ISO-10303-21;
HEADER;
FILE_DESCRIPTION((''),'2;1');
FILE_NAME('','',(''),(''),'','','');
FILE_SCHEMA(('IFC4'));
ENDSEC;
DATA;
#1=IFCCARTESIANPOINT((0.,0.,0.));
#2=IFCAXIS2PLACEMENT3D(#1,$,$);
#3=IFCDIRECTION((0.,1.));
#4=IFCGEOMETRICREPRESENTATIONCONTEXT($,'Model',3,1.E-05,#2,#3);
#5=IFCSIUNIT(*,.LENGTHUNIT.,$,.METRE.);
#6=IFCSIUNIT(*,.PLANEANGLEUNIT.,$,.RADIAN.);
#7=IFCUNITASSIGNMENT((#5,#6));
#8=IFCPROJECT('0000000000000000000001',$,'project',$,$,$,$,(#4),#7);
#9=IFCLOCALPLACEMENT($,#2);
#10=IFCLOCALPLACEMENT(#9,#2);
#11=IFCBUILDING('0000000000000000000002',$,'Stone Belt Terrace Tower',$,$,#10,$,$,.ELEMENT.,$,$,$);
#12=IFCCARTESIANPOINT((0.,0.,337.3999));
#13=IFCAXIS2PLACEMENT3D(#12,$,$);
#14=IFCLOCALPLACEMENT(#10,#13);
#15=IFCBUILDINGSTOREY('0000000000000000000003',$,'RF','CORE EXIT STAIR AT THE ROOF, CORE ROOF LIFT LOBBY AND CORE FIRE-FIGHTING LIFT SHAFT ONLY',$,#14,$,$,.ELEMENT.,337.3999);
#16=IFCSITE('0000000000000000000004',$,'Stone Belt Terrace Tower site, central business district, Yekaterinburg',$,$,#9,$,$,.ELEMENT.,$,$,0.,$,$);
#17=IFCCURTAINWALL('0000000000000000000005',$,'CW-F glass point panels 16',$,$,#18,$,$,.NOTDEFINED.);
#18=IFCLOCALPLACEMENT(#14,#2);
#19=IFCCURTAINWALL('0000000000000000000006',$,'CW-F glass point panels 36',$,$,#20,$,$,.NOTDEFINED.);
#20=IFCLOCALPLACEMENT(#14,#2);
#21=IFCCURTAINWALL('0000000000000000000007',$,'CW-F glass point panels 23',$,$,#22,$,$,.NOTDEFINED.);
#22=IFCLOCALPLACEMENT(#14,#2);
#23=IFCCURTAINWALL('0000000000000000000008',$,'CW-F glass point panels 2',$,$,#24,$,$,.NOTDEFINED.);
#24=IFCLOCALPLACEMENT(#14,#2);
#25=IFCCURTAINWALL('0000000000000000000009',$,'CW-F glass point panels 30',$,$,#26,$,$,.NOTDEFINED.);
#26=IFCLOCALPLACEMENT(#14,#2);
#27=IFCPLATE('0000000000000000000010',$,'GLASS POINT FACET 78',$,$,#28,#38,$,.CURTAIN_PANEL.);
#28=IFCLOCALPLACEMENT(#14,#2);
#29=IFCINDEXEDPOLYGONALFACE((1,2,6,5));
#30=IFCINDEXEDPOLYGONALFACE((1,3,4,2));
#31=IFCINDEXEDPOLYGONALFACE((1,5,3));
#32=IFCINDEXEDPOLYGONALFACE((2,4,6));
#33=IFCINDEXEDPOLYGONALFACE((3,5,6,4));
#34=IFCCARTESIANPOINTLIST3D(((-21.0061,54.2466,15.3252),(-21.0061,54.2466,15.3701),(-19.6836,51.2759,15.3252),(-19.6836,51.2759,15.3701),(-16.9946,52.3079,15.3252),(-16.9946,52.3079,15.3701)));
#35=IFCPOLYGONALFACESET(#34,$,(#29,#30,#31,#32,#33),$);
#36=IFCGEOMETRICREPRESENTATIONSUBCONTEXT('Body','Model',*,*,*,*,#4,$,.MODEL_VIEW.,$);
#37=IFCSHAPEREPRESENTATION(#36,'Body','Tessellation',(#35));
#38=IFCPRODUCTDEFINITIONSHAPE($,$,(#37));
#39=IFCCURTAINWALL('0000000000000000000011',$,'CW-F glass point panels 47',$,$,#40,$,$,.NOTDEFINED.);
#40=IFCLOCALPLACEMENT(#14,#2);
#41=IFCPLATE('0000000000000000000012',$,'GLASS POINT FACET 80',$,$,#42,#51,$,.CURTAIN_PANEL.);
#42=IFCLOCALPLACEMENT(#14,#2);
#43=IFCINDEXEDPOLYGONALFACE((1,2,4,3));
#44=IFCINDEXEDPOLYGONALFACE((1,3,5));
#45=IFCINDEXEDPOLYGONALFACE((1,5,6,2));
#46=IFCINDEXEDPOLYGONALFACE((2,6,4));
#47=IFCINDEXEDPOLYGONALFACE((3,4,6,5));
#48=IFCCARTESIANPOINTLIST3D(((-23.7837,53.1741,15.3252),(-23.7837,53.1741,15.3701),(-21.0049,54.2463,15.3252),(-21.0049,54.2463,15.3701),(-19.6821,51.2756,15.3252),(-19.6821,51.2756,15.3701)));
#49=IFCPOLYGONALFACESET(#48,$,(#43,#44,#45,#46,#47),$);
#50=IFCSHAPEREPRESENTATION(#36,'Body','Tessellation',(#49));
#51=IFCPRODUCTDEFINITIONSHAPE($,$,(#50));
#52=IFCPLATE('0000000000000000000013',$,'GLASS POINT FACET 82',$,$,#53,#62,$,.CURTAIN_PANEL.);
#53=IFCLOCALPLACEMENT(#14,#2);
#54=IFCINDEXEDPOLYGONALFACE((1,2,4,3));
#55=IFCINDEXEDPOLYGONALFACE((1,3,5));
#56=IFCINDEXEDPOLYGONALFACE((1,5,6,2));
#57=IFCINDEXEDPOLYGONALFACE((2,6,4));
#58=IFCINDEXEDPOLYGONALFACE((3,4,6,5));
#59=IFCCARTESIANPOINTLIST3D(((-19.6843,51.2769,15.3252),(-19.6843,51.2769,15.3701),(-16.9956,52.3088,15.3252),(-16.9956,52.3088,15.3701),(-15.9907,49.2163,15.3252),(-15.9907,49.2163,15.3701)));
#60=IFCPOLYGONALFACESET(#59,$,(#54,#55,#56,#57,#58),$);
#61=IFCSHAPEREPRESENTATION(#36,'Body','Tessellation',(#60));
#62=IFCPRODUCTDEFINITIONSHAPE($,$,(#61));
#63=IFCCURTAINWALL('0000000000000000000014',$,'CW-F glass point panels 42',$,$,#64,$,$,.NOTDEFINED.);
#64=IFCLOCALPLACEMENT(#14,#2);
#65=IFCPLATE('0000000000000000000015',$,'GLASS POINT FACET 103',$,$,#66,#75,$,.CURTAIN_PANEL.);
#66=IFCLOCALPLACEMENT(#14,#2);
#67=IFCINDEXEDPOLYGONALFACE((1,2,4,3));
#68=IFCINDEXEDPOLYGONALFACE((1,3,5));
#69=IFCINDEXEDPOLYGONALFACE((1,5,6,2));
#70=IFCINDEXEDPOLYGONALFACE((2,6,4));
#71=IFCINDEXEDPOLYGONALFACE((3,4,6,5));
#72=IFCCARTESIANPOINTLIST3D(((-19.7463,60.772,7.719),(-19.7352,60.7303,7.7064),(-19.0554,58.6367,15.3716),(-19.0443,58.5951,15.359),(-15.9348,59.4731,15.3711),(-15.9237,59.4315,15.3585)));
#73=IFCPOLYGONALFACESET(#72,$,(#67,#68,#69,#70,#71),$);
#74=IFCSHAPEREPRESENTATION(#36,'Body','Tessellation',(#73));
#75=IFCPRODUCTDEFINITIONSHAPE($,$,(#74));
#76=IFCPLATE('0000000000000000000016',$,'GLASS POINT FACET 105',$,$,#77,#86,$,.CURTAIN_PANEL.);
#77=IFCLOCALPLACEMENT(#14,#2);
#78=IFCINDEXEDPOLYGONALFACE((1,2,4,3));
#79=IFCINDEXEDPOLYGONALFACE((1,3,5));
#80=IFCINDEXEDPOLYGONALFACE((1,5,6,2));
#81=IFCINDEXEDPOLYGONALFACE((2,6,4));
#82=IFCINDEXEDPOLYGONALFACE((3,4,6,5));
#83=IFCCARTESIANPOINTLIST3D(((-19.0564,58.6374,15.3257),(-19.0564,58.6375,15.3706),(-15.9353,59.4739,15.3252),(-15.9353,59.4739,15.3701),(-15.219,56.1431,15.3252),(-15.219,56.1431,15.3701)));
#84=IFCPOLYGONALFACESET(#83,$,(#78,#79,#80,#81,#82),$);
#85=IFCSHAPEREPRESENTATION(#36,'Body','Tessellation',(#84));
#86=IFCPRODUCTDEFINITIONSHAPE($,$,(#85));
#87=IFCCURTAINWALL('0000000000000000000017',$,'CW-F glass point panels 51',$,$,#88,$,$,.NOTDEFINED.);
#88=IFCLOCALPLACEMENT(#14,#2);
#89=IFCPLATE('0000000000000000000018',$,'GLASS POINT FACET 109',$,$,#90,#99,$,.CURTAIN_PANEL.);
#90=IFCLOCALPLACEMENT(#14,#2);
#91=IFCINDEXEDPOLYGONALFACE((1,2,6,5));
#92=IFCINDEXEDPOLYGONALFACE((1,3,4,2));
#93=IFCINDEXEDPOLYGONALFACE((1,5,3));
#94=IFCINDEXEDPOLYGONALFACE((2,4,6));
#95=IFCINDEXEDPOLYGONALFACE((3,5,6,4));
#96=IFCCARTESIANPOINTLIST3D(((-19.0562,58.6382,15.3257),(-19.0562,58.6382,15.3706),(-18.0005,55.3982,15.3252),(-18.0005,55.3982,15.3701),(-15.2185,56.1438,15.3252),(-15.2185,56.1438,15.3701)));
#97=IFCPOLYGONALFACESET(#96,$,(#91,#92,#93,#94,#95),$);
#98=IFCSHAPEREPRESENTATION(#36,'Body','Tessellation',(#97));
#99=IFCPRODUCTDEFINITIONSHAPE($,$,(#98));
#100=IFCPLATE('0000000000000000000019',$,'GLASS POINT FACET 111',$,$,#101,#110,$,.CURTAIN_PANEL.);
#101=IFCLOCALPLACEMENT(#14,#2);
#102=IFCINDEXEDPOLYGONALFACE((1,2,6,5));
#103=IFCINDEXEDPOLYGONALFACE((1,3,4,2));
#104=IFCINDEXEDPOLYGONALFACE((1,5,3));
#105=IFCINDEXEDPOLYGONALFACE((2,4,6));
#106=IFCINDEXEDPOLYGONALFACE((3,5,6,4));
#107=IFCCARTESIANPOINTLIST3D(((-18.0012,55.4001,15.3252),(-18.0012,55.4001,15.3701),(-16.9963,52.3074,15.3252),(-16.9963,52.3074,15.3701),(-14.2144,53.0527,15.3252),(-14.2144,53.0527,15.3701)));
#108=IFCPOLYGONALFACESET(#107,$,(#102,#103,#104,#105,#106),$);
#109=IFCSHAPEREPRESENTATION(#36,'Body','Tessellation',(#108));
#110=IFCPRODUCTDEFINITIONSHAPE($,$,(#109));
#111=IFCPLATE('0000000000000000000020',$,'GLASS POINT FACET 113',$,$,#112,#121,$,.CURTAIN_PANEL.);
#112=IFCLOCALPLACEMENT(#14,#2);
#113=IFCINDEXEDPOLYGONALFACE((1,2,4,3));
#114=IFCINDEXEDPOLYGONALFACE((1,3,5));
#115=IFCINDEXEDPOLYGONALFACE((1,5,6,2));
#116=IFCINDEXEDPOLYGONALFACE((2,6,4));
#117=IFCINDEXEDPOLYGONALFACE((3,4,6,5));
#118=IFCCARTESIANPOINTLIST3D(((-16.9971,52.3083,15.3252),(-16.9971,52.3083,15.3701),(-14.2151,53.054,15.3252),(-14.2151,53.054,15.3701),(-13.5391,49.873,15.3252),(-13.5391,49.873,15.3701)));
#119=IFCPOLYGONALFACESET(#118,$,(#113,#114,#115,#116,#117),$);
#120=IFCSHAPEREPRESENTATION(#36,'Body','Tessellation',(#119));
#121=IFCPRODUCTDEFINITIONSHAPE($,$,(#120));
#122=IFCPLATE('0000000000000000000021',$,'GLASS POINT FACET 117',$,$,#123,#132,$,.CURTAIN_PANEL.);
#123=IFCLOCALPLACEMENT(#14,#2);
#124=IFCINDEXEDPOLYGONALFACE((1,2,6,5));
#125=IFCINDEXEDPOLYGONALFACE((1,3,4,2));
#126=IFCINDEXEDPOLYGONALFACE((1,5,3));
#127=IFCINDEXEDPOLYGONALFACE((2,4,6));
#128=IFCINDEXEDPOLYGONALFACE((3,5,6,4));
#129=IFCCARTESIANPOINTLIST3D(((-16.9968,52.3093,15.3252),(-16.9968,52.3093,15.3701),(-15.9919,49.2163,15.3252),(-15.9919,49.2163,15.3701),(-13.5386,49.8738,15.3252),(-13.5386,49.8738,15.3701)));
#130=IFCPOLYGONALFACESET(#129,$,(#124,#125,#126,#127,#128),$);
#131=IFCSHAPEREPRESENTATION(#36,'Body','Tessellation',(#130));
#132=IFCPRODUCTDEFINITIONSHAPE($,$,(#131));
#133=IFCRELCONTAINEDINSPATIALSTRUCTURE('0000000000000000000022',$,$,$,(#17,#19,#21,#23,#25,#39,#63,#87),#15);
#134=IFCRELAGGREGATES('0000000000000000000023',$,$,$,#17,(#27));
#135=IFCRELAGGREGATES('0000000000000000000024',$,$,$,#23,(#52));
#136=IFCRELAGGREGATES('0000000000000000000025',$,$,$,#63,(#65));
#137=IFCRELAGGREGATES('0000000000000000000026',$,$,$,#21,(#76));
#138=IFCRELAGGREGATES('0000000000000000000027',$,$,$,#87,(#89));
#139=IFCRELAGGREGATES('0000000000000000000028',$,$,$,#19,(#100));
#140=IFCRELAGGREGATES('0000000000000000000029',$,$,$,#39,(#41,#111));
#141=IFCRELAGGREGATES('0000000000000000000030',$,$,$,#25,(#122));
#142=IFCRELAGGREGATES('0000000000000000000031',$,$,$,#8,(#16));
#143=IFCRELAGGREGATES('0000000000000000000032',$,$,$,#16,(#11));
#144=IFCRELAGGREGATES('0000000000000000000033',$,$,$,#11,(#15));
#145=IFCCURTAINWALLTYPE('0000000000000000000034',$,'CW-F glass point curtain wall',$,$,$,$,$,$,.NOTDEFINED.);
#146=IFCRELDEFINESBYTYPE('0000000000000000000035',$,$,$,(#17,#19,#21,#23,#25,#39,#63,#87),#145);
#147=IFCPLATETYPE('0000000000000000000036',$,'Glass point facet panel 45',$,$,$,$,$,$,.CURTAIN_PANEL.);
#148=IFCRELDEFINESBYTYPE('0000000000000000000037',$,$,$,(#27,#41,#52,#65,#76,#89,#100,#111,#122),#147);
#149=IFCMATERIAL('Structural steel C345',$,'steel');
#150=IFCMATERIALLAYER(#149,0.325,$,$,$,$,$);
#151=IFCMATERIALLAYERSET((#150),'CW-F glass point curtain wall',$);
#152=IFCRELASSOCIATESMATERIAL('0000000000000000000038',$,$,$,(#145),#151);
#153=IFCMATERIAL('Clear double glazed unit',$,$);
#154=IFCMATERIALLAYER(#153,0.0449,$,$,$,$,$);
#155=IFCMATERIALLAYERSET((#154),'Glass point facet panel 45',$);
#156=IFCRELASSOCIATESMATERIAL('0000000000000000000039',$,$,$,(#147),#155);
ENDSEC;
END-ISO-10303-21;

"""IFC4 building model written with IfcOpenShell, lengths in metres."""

from ifc_helpers import new_model, si_unit, direction, frame, origin, place, context, subcontext, project, spatial, polyline, outline, extrude, material, layer, layer_set, type_object, element, aggregate, save


model = new_model("IFC4")

# Units and contexts
model_context = context("Model", 3, precision=1e-05, world=origin(), true_north=direction((0.0, 1.0)))
body_context = subcontext(model_context, "Body", "Model", "MODEL_VIEW")
ifc_project = project(units=[si_unit("LENGTHUNIT", "METRE"), si_unit("PLANEANGLEUNIT", "RADIAN")], contexts=[model_context])

# Site, building, storey
site_placement = place(None, origin())
site = spatial("IfcSite", under=ifc_project, at=site_placement, Name="Stone Belt Terrace Tower site, central business district, Yekaterinburg", CompositionType="ELEMENT", RefElevation=0.0)
building_placement = place(site_placement, origin())
building = spatial("IfcBuilding", under=site, at=building_placement, Name="Stone Belt Terrace Tower", CompositionType="ELEMENT")
storey_placement = place(building_placement, frame((0.0, 0.0, 337.3999)))
storey = spatial("IfcBuildingStorey", under=building, at=storey_placement, Name="RF", Description="CORE EXIT STAIR AT THE ROOF, CORE ROOF LIFT LOBBY AND CORE FIRE-FIGHTING LIFT SHAFT ONLY", CompositionType="ELEMENT", Elevation=337.3999)

# Shared definitions
ifc_material_1 = material(Name="Structural steel C345", Category="steel")

# Curtain walls
ifc_layer_1 = layer(ifc_material_1, 0.325)
ifc_layer_set_1 = layer_set([ifc_layer_1], Name="CW-F glass point curtain wall")
curtain_wall_type = type_object("IfcCurtainWallType", Name="CW-F glass point curtain wall", PredefinedType="NOTDEFINED", material=ifc_layer_set_1)
ifc_material_2 = material(Name="Clear double glazed unit")
ifc_layer_2 = layer(ifc_material_2, 0.0449)
ifc_layer_set_2 = layer_set([ifc_layer_2], Name="Glass point facet panel 45")
plate_type = type_object("IfcPlateType", Name="Glass point facet panel 45", PredefinedType="CURTAIN_PANEL", material=ifc_layer_set_2)
curtain_wall_1_placement = place(storey_placement, origin())
curtain_wall_1 = element("IfcCurtainWall", 1, at=curtain_wall_1_placement, inside=storey, type_object=curtain_wall_type, Name="CW-F glass point panels 16", PredefinedType="NOTDEFINED")
curtain_wall_2_placement = place(storey_placement, origin())
curtain_wall_2 = element("IfcCurtainWall", 2, at=curtain_wall_2_placement, inside=storey, type_object=curtain_wall_type, Name="CW-F glass point panels 36", PredefinedType="NOTDEFINED")
curtain_wall_3_placement = place(storey_placement, origin())
curtain_wall_3 = element("IfcCurtainWall", 3, at=curtain_wall_3_placement, inside=storey, type_object=curtain_wall_type, Name="CW-F glass point panels 23", PredefinedType="NOTDEFINED")
curtain_wall_4_placement = place(storey_placement, origin())
curtain_wall_4 = element("IfcCurtainWall", 4, at=curtain_wall_4_placement, inside=storey, type_object=curtain_wall_type, Name="CW-F glass point panels 2", PredefinedType="NOTDEFINED")

# Curtain wall
curtain_wall_5_placement = place(storey_placement, origin())
curtain_wall_5 = element("IfcCurtainWall", 5, at=curtain_wall_5_placement, inside=storey, type_object=curtain_wall_type, Name="CW-F glass point panels 30", PredefinedType="NOTDEFINED")

# Plate
plate_1_placement = place(storey_placement, frame((-16.9946, 52.3079, 15.3701), z_axis=(0.0, 0.0, 1.0), x_axis=(-0.933605, -0.358303, 0.0)))
plate_1 = element("IfcPlate", 6, at=plate_1_placement, type_object=plate_type, Name="GLASS POINT FACET 78", PredefinedType="CURTAIN_PANEL", context=body_context, shape_type="SweptSolid", body=[
    extrude(outline(polyline([(0.0, 0.0), (2.8802, 0.0), (3.0505, -3.2473), (0.0, 0.0)])), origin(), (0.0, 0.0, -1.0), 0.0449),
])
aggregate(curtain_wall_1, [plate_1])

# Curtain wall, plate
curtain_wall_6_placement = place(storey_placement, origin())
curtain_wall_6 = element("IfcCurtainWall", 7, at=curtain_wall_6_placement, inside=storey, type_object=curtain_wall_type, Name="CW-F glass point panels 47", PredefinedType="NOTDEFINED")
plate_2_placement = place(storey_placement, frame((-21.0049, 54.2463, 15.3701), z_axis=(0.0, 0.0, 1.0), x_axis=(0.406765, -0.913533, 0.0)))
plate_2 = element("IfcPlate", 8, at=plate_2_placement, type_object=plate_type, Name="GLASS POINT FACET 80", PredefinedType="CURTAIN_PANEL", context=body_context, shape_type="SweptSolid", body=[
    extrude(outline(polyline([(0.0, 0.0), (3.2519, 0.0), (-0.1508, -2.9747), (0.0, 0.0)])), origin(), (0.0, 0.0, -1.0), 0.0449),
])

# Plate
plate_3_placement = place(storey_placement, frame((-16.9956, 52.3088, 15.3701), z_axis=(0.0, 0.0, 1.0), x_axis=(0.309033, -0.951051, 0.0)))
plate_3 = element("IfcPlate", 9, at=plate_3_placement, type_object=plate_type, Name="GLASS POINT FACET 82", PredefinedType="CURTAIN_PANEL", context=body_context, shape_type="SweptSolid", body=[
    extrude(outline(polyline([(0.0, 0.0), (3.2517, 0.0), (0.1506, -2.876), (0.0, 0.0)])), origin(), (0.0, 0.0, -1.0), 0.0449),
])
aggregate(curtain_wall_4, [plate_3])

# Curtain wall, plate
curtain_wall_7_placement = place(storey_placement, origin())
curtain_wall_7 = element("IfcCurtainWall", 10, at=curtain_wall_7_placement, inside=storey, type_object=curtain_wall_type, Name="CW-F glass point panels 42", PredefinedType="NOTDEFINED")
plate_4_placement = place(storey_placement, frame((-19.0554, 58.6367, 15.3716), z_axis=(-0.248416, 0.926976, 0.281077), x_axis=(-0.086637, 0.267747, -0.959586)))
plate_4 = element("IfcPlate", 11, at=plate_4_placement, type_object=plate_type, Name="GLASS POINT FACET 103", PredefinedType="CURTAIN_PANEL", context=body_context, shape_type="SweptSolid", body=[
    extrude(outline(polyline([(0.0, 0.0), (7.9749, 0.0), (-0.0459, -3.2304), (0.0, 0.0)])), origin(), (0.0, 0.0, -1.0), 0.0449),
])
aggregate(curtain_wall_7, [plate_4])

# Plate
plate_5_placement = place(storey_placement, frame((-19.0564, 58.6375, 15.3706), z_axis=(0.000148, 0.000032, 1.0), x_axis=(0.965916, 0.258857, -0.000151)))
plate_5 = element("IfcPlate", 12, at=plate_5_placement, type_object=plate_type, Name="GLASS POINT FACET 105", PredefinedType="CURTAIN_PANEL", context=body_context, shape_type="SweptSolid", body=[
    extrude(outline(polyline([(0.0, 0.0), (3.2312, 0.0), (3.0609, -3.4027), (0.0, 0.0)])), origin(), (0.0, 0.0, -1.0), 0.0449),
])
aggregate(curtain_wall_3, [plate_5])

# Curtain wall, plate
curtain_wall_8_placement = place(storey_placement, origin())
curtain_wall_8 = element("IfcCurtainWall", 13, at=curtain_wall_8_placement, inside=storey, type_object=curtain_wall_type, Name="CW-F glass point panels 51", PredefinedType="NOTDEFINED")
plate_6_placement = place(storey_placement, frame((-19.0562, 58.6382, 15.3706), z_axis=(0.000037, -0.000139, 1.0), x_axis=(0.838452, -0.544975, -0.000107)))
plate_6 = element("IfcPlate", 14, at=plate_6_placement, type_object=plate_type, Name="GLASS POINT FACET 109", PredefinedType="CURTAIN_PANEL", context=body_context, shape_type="SweptSolid", body=[
    extrude(outline(polyline([(0.0, 0.0), (4.5771, 0.0), (2.6508, -2.1413), (0.0, 0.0)])), origin(), (0.0, 0.0, -1.0), 0.0449),
])
aggregate(curtain_wall_8, [plate_6])

# Plates
plate_7_placement = place(storey_placement, frame((-16.9963, 52.3074, 15.3701), z_axis=(0.0, 0.0, 1.0), x_axis=(-0.309011, 0.951058, 0.0)))
plate_7 = element("IfcPlate", 15, at=plate_7_placement, type_object=plate_type, Name="GLASS POINT FACET 111", PredefinedType="CURTAIN_PANEL", context=body_context, shape_type="SweptSolid", body=[
    extrude(outline(polyline([(0.0, 0.0), (3.2519, 0.0), (-0.1508, -2.8762), (0.0, 0.0)])), origin(), (0.0, 0.0, -1.0), 0.0449),
])
aggregate(curtain_wall_2, [plate_7])
plate_8_placement = place(storey_placement, frame((-16.9971, 52.3083, 15.3701), z_axis=(0.0, 0.0, 1.0), x_axis=(0.965911, 0.258876, 0.0)))
plate_8 = element("IfcPlate", 16, at=plate_8_placement, type_object=plate_type, Name="GLASS POINT FACET 113", PredefinedType="CURTAIN_PANEL", context=body_context, shape_type="SweptSolid", body=[
    extrude(outline(polyline([(0.0, 0.0), (2.8802, 0.0), (2.7097, -3.2475), (0.0, 0.0)])), origin(), (0.0, 0.0, -1.0), 0.0449),
])
aggregate(curtain_wall_6, [plate_2, plate_8])
plate_9_placement = place(storey_placement, frame((-16.9968, 52.3093, 15.3701), z_axis=(0.0, 0.0, 1.0), x_axis=(0.817588, -0.575804, 0.0)))
plate_9 = element("IfcPlate", 17, at=plate_9_placement, type_object=plate_type, Name="GLASS POINT FACET 117", PredefinedType="CURTAIN_PANEL", context=body_context, shape_type="SweptSolid", body=[
    extrude(outline(polyline([(0.0, 0.0), (4.2298, 0.0), (2.6026, -1.9502), (0.0, 0.0)])), origin(), (0.0, 0.0, -1.0), 0.0449),
])
aggregate(curtain_wall_5, [plate_9])

save(model, "model.ifc")
